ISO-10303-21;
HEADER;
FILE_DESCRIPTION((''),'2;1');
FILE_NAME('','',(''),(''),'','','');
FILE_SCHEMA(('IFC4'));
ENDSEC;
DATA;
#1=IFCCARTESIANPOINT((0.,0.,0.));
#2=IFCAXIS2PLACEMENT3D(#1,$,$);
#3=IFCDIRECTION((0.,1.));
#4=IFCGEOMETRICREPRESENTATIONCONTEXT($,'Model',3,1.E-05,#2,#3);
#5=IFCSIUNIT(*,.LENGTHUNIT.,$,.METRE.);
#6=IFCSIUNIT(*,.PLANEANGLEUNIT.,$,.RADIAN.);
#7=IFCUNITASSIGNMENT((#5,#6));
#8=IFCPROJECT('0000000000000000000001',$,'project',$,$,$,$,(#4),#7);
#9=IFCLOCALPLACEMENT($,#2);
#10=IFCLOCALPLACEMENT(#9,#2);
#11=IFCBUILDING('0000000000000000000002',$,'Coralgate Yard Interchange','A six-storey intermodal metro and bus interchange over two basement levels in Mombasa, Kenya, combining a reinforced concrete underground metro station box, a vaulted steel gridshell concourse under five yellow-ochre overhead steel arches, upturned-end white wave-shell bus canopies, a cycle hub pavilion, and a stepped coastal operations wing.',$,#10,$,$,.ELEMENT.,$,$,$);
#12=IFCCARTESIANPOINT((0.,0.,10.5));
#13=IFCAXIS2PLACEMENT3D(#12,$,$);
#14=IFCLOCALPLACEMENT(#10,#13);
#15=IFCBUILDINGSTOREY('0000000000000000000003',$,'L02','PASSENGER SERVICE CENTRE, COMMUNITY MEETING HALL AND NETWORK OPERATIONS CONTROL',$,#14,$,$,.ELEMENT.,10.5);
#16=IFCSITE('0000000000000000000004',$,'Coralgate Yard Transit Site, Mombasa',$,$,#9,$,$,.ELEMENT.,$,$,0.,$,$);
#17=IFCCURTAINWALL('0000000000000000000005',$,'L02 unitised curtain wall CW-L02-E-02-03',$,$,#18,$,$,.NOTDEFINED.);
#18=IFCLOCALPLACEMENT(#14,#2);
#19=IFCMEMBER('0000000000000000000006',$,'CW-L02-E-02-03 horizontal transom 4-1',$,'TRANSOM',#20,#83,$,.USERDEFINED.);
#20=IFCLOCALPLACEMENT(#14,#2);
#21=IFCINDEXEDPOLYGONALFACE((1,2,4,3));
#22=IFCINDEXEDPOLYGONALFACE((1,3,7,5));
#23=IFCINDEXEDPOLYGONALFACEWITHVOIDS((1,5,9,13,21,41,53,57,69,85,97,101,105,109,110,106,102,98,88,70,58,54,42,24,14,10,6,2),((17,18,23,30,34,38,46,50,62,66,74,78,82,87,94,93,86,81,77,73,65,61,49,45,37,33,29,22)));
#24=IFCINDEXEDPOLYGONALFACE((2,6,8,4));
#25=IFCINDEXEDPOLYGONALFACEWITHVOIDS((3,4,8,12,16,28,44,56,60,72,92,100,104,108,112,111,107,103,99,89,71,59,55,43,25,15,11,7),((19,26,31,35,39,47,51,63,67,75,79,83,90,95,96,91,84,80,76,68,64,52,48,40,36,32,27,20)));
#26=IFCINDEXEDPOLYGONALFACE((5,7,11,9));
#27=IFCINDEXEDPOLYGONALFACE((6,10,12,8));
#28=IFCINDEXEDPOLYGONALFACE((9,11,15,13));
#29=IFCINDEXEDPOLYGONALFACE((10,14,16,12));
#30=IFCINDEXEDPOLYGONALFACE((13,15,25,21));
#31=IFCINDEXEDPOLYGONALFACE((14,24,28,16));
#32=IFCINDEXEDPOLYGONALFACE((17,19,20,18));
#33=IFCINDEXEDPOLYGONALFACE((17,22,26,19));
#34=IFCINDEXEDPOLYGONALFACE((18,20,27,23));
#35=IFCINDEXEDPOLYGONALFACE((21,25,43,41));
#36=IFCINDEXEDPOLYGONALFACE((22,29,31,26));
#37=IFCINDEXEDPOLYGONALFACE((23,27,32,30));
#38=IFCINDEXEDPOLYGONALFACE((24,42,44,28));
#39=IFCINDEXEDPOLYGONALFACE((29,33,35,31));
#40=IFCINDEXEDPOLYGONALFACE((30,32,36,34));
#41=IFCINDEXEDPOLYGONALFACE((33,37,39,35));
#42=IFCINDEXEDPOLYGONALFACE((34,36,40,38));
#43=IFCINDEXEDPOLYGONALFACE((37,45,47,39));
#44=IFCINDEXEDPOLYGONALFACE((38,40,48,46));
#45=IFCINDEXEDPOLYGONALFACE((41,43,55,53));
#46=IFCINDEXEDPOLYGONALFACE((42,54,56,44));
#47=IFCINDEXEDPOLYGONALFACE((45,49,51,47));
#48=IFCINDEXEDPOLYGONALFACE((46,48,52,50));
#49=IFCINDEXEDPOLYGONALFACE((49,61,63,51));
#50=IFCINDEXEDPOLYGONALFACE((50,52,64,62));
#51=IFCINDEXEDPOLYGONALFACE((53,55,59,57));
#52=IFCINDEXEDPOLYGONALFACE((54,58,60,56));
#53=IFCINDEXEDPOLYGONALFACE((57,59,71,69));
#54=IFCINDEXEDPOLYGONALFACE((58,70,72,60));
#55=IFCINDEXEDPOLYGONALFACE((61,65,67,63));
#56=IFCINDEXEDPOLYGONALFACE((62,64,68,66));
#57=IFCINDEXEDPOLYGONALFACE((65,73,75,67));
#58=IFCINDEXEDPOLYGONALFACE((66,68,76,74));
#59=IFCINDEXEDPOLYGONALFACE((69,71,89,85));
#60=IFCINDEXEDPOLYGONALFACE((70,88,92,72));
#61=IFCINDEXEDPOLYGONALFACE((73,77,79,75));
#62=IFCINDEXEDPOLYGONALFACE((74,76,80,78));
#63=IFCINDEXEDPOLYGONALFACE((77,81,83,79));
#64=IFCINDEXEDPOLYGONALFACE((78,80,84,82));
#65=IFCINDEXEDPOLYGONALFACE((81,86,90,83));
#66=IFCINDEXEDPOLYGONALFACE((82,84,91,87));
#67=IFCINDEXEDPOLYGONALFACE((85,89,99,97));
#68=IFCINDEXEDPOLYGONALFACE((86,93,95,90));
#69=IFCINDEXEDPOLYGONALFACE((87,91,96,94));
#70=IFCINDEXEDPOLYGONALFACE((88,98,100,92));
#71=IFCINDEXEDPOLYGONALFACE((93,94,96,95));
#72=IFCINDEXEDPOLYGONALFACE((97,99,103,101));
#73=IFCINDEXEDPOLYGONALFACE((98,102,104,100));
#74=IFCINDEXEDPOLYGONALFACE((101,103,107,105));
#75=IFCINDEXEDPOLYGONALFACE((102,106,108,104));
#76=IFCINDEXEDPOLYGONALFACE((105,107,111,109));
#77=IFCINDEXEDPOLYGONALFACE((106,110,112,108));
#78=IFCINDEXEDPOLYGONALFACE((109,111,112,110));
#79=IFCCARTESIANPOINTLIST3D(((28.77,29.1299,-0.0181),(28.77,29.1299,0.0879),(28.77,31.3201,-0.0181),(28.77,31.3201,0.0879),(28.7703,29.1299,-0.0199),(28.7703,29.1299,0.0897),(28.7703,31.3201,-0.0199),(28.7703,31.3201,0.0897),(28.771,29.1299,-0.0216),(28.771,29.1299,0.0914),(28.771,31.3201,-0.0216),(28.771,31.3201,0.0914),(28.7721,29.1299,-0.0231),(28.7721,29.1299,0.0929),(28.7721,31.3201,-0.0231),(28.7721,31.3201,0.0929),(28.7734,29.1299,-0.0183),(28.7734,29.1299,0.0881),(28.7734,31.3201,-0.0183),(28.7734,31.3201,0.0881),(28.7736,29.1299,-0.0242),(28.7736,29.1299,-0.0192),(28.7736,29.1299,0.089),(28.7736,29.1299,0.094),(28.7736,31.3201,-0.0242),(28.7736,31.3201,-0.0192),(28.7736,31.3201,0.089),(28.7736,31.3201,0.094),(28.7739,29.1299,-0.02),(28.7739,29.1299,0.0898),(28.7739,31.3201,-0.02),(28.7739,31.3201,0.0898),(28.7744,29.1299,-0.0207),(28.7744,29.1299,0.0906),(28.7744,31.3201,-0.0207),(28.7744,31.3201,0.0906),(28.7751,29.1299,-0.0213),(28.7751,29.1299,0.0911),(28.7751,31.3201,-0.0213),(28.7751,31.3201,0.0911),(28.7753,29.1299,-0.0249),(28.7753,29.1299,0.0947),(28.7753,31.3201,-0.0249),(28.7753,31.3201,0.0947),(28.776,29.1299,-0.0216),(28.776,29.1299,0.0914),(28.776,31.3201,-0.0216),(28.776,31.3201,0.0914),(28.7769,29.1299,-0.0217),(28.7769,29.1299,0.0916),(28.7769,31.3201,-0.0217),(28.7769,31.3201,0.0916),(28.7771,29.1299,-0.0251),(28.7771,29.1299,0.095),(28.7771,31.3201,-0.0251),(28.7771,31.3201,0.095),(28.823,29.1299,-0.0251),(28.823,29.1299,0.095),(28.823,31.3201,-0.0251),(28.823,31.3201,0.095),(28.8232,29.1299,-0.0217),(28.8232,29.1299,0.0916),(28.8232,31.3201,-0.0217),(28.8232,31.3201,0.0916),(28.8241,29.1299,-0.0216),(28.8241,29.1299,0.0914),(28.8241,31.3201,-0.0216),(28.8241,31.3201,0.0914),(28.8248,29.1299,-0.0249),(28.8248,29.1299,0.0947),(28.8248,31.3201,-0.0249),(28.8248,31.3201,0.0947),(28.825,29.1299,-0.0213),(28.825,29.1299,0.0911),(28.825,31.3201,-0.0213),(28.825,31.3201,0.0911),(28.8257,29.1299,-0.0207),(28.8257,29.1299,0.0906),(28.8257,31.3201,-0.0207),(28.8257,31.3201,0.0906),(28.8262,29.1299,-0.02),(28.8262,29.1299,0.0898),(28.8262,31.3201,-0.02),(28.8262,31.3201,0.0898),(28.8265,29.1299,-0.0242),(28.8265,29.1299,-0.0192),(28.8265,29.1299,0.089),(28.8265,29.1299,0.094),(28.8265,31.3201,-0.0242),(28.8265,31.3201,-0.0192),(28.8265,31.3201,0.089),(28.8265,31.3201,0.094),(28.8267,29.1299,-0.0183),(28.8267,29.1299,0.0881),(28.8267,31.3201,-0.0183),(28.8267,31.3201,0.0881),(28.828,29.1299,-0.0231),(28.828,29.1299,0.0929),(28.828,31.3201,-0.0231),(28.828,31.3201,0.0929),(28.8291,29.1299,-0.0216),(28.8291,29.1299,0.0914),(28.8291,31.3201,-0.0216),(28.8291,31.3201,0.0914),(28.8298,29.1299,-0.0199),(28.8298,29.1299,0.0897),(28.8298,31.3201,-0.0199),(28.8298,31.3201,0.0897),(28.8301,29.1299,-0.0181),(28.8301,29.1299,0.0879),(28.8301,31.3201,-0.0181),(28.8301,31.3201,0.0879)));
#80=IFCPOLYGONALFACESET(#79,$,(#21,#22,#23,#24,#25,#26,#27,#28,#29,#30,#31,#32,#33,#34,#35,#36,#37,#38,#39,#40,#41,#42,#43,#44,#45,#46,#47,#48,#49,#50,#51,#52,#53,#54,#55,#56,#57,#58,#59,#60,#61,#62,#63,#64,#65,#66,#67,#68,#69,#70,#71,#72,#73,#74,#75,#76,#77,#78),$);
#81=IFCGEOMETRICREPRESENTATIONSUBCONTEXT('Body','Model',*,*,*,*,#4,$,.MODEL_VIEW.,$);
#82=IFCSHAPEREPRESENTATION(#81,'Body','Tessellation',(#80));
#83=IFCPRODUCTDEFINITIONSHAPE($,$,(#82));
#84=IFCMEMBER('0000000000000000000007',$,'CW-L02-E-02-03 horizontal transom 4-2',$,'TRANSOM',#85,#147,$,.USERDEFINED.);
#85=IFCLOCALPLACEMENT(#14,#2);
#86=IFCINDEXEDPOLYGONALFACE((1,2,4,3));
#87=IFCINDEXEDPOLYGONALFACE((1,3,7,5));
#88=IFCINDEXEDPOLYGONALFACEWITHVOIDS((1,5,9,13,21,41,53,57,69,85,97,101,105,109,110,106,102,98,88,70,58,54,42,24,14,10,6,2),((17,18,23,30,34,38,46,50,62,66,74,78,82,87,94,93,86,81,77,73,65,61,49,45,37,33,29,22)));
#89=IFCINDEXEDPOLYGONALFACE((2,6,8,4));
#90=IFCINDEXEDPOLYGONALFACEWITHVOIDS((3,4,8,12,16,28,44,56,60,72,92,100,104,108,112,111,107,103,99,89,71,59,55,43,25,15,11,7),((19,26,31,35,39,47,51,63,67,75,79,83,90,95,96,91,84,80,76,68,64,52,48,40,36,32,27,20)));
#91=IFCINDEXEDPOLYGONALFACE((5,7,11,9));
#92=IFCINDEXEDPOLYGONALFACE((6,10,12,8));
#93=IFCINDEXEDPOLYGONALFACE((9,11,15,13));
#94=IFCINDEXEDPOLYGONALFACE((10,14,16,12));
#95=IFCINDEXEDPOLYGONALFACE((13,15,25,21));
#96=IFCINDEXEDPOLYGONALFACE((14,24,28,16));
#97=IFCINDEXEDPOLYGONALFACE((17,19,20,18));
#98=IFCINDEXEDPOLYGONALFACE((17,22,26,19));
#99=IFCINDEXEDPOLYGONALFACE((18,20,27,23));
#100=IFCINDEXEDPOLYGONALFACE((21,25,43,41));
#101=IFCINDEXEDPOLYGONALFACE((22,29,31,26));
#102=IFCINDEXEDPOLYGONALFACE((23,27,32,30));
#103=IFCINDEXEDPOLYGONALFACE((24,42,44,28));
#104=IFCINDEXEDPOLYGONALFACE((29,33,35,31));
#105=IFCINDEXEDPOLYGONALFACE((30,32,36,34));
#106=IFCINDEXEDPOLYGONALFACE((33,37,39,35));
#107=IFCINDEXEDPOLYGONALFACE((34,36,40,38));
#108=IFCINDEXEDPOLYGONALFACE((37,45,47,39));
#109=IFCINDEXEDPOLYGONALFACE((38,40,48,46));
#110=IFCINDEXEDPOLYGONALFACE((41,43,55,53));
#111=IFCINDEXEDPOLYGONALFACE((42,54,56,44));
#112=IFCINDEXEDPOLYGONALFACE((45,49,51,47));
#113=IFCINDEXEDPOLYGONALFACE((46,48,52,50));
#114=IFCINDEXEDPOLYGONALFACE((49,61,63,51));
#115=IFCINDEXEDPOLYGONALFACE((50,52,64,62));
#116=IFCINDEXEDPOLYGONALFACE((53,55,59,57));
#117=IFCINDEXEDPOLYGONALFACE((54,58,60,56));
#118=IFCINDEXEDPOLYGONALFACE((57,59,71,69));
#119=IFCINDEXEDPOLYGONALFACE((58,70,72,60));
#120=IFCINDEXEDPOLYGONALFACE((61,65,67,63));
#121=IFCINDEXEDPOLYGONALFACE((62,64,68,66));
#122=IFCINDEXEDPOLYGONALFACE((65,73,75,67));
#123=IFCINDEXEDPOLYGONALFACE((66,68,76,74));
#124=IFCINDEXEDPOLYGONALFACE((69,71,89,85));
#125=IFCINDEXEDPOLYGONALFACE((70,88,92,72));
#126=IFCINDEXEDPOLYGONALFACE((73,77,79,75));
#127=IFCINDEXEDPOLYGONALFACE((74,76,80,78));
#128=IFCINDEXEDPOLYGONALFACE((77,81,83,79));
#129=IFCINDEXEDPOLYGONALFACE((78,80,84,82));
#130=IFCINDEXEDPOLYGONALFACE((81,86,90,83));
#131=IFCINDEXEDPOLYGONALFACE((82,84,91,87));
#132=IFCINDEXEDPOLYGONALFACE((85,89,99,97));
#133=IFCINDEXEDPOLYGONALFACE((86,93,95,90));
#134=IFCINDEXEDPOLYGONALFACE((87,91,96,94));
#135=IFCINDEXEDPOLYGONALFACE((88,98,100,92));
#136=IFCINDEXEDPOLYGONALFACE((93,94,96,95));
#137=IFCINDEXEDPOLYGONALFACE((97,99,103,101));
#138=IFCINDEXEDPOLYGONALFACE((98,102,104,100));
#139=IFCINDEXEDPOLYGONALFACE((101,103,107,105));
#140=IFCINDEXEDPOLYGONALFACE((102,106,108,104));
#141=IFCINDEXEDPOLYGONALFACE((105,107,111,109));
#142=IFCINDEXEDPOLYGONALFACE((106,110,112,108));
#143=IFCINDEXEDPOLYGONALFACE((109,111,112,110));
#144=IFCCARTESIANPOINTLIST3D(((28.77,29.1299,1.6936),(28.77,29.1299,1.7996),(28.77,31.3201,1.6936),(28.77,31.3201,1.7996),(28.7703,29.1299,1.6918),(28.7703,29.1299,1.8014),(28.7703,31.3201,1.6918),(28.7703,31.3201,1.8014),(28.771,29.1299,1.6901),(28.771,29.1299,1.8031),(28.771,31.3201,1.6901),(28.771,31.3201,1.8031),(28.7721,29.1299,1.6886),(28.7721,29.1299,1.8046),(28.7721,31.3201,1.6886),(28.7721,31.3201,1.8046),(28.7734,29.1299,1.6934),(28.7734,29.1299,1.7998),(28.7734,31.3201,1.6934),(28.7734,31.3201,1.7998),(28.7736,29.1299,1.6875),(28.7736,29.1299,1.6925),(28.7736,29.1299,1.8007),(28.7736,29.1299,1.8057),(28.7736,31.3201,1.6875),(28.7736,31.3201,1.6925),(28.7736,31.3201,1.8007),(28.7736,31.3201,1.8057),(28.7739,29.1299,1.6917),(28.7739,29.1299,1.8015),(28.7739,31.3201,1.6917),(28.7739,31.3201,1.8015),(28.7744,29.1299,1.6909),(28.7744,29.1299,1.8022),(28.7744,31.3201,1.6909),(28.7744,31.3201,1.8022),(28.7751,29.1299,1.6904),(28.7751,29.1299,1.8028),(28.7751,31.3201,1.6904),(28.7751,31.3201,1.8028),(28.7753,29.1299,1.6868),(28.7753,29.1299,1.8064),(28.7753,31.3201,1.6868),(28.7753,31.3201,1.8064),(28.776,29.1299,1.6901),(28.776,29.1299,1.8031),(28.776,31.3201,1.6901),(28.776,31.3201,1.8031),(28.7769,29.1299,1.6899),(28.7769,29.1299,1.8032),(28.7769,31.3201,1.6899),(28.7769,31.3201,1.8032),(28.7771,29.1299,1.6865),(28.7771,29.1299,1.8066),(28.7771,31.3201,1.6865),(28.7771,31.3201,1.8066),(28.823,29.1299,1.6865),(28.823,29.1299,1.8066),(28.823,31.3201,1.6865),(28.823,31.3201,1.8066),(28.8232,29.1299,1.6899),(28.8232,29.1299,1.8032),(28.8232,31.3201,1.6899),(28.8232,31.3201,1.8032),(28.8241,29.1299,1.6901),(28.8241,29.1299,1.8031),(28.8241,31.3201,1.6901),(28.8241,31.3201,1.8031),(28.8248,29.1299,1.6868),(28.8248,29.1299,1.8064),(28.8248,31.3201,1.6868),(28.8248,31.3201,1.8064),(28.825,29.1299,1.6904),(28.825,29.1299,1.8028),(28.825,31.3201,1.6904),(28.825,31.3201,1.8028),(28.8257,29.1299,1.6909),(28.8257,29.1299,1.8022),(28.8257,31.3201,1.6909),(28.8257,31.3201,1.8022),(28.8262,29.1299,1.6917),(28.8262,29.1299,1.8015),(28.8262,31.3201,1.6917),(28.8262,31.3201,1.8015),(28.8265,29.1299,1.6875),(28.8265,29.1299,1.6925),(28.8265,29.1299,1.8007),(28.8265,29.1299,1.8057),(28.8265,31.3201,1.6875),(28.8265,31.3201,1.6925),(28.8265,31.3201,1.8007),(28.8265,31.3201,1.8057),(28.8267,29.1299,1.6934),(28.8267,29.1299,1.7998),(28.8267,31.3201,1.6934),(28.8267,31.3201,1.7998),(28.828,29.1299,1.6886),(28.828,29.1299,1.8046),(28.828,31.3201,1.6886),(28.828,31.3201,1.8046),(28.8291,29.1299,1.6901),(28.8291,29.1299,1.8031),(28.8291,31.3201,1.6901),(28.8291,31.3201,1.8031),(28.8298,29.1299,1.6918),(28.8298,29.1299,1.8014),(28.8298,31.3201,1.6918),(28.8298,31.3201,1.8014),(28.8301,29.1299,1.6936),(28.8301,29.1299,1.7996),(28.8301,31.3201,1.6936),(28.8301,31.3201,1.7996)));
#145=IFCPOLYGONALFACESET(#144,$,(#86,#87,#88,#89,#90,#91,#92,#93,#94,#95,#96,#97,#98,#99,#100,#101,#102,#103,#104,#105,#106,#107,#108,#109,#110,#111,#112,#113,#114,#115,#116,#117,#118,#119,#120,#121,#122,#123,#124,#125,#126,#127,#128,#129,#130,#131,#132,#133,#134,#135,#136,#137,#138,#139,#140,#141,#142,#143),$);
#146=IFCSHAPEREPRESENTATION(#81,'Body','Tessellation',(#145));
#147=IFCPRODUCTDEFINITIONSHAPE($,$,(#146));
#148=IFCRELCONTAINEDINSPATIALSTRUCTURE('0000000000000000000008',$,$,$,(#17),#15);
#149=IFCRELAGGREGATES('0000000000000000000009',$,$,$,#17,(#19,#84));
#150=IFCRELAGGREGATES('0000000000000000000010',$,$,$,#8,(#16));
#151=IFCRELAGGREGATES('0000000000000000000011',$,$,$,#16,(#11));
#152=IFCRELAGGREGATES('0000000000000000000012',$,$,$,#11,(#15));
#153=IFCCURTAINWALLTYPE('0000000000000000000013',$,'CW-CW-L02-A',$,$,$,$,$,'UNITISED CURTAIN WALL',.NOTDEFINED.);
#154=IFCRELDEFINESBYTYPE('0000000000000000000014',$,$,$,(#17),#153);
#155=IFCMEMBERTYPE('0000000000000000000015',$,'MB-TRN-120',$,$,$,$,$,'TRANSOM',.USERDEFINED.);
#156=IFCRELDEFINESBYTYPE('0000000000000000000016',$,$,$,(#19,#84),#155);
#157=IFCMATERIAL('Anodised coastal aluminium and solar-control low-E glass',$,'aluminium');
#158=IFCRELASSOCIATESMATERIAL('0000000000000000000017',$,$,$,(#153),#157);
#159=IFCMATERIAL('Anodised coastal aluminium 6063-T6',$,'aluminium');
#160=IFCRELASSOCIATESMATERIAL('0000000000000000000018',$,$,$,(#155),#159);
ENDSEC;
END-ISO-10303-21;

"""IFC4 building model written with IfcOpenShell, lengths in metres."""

from ifc_helpers import new_model, si_unit, direction, frame, origin, origin_2d, place, context, subcontext, project, spatial, hollow_rectangle, extrude, material, material_profile, profile_set, type_object, element, aggregate, save


model = new_model("IFC4")

# Units and contexts
model_context = context("Model", 3, precision=1e-05, world=origin(), true_north=direction((0.0, 1.0)))
body_context = subcontext(model_context, "Body", "Model", "MODEL_VIEW")
ifc_project = project(units=[si_unit("LENGTHUNIT", "METRE"), si_unit("PLANEANGLEUNIT", "RADIAN")], contexts=[model_context])

# Site, building, storey
site_placement = place(None, origin())
site = spatial("IfcSite", under=ifc_project, at=site_placement, Name="Coralgate Yard Transit Site, Mombasa", CompositionType="ELEMENT", RefElevation=0.0)
building_placement = place(site_placement, origin())
building = spatial("IfcBuilding", under=site, at=building_placement, Name="Coralgate Yard Interchange", Description="A six-storey intermodal metro and bus interchange over two basement levels in Mombasa, Kenya, combining a reinforced concrete underground metro station box, a vaulted steel gridshell concourse under five yellow-ochre overhead steel arches, upturned-end white wave-shell bus canopies, a cycle hub pavilion, and a stepped coastal operations wing.", CompositionType="ELEMENT")
storey_placement = place(building_placement, frame((0.0, 0.0, 10.5)))
storey = spatial("IfcBuildingStorey", under=building, at=storey_placement, Name="L02", Description="PASSENGER SERVICE CENTRE, COMMUNITY MEETING HALL AND NETWORK OPERATIONS CONTROL", CompositionType="ELEMENT", Elevation=10.5)

# Shared definitions
ifc_material_1 = material(Name="Anodised coastal aluminium and solar-control low-E glass", Category="aluminium")
curtain_wall_type = type_object("IfcCurtainWallType", Name="CW-CW-L02-A", ElementType="UNITISED CURTAIN WALL", PredefinedType="NOTDEFINED", material=ifc_material_1)
ifc_material_2 = material(Name="Anodised coastal aluminium 6063-T6", Category="aluminium")

# Curtain wall
curtain_wall_1_placement = place(storey_placement, origin())
curtain_wall_1 = element("IfcCurtainWall", 1, at=curtain_wall_1_placement, inside=storey, type_object=curtain_wall_type, Name="L02 unitised curtain wall CW-L02-E-02-03", PredefinedType="NOTDEFINED")

# Members
ifc_material_profile_1 = material_profile(ifc_material_2, hollow_rectangle(XDim=0.0601, YDim=0.1201, WallThickness=0.0034, InnerFilletRadius=0.0034, OuterFilletRadius=0.0071, at=origin_2d()), Name="ALU 60x120x3.5")
ifc_profile_set_1 = profile_set([ifc_material_profile_1], Name="Anodised coastal aluminium 6063-T6")
member_type_1 = type_object("IfcMemberType", Name="MB-TRN-120", ElementType="TRANSOM", PredefinedType="USERDEFINED", material=ifc_profile_set_1)
member_1_placement = place(storey_placement, frame((28.8, 31.3201, 0.0349), z_axis=(0.0, -1.0, 0.0), x_axis=(1.0, 0.0, 0.0)))
member_1 = element("IfcMember", 2, at=member_1_placement, type_object=member_type_1, Name="CW-L02-E-02-03 horizontal transom 4-1", ObjectType="TRANSOM", PredefinedType="USERDEFINED", context=body_context, shape_type="SweptSolid", body=[
    extrude(hollow_rectangle(XDim=0.0601, YDim=0.1201, WallThickness=0.0034, InnerFilletRadius=0.0034, OuterFilletRadius=0.0071, at=origin_2d()), origin(), (0.0, 0.0, 1.0), 2.1902),
])
member_2_placement = place(storey_placement, frame((28.8, 31.3201, 1.7466), z_axis=(0.0, -1.0, 0.0), x_axis=(1.0, 0.0, 0.0)))
member_2 = element("IfcMember", 3, at=member_2_placement, type_object=member_type_1, Name="CW-L02-E-02-03 horizontal transom 4-2", ObjectType="TRANSOM", PredefinedType="USERDEFINED", context=body_context, shape_type="SweptSolid", body=[
    extrude(hollow_rectangle(XDim=0.0601, YDim=0.1201, WallThickness=0.0034, InnerFilletRadius=0.0034, OuterFilletRadius=0.0071, at=origin_2d()), origin(), (0.0, 0.0, 1.0), 2.1902),
])

aggregate(curtain_wall_1, [member_1, member_2])

save(model, "model.ifc")
